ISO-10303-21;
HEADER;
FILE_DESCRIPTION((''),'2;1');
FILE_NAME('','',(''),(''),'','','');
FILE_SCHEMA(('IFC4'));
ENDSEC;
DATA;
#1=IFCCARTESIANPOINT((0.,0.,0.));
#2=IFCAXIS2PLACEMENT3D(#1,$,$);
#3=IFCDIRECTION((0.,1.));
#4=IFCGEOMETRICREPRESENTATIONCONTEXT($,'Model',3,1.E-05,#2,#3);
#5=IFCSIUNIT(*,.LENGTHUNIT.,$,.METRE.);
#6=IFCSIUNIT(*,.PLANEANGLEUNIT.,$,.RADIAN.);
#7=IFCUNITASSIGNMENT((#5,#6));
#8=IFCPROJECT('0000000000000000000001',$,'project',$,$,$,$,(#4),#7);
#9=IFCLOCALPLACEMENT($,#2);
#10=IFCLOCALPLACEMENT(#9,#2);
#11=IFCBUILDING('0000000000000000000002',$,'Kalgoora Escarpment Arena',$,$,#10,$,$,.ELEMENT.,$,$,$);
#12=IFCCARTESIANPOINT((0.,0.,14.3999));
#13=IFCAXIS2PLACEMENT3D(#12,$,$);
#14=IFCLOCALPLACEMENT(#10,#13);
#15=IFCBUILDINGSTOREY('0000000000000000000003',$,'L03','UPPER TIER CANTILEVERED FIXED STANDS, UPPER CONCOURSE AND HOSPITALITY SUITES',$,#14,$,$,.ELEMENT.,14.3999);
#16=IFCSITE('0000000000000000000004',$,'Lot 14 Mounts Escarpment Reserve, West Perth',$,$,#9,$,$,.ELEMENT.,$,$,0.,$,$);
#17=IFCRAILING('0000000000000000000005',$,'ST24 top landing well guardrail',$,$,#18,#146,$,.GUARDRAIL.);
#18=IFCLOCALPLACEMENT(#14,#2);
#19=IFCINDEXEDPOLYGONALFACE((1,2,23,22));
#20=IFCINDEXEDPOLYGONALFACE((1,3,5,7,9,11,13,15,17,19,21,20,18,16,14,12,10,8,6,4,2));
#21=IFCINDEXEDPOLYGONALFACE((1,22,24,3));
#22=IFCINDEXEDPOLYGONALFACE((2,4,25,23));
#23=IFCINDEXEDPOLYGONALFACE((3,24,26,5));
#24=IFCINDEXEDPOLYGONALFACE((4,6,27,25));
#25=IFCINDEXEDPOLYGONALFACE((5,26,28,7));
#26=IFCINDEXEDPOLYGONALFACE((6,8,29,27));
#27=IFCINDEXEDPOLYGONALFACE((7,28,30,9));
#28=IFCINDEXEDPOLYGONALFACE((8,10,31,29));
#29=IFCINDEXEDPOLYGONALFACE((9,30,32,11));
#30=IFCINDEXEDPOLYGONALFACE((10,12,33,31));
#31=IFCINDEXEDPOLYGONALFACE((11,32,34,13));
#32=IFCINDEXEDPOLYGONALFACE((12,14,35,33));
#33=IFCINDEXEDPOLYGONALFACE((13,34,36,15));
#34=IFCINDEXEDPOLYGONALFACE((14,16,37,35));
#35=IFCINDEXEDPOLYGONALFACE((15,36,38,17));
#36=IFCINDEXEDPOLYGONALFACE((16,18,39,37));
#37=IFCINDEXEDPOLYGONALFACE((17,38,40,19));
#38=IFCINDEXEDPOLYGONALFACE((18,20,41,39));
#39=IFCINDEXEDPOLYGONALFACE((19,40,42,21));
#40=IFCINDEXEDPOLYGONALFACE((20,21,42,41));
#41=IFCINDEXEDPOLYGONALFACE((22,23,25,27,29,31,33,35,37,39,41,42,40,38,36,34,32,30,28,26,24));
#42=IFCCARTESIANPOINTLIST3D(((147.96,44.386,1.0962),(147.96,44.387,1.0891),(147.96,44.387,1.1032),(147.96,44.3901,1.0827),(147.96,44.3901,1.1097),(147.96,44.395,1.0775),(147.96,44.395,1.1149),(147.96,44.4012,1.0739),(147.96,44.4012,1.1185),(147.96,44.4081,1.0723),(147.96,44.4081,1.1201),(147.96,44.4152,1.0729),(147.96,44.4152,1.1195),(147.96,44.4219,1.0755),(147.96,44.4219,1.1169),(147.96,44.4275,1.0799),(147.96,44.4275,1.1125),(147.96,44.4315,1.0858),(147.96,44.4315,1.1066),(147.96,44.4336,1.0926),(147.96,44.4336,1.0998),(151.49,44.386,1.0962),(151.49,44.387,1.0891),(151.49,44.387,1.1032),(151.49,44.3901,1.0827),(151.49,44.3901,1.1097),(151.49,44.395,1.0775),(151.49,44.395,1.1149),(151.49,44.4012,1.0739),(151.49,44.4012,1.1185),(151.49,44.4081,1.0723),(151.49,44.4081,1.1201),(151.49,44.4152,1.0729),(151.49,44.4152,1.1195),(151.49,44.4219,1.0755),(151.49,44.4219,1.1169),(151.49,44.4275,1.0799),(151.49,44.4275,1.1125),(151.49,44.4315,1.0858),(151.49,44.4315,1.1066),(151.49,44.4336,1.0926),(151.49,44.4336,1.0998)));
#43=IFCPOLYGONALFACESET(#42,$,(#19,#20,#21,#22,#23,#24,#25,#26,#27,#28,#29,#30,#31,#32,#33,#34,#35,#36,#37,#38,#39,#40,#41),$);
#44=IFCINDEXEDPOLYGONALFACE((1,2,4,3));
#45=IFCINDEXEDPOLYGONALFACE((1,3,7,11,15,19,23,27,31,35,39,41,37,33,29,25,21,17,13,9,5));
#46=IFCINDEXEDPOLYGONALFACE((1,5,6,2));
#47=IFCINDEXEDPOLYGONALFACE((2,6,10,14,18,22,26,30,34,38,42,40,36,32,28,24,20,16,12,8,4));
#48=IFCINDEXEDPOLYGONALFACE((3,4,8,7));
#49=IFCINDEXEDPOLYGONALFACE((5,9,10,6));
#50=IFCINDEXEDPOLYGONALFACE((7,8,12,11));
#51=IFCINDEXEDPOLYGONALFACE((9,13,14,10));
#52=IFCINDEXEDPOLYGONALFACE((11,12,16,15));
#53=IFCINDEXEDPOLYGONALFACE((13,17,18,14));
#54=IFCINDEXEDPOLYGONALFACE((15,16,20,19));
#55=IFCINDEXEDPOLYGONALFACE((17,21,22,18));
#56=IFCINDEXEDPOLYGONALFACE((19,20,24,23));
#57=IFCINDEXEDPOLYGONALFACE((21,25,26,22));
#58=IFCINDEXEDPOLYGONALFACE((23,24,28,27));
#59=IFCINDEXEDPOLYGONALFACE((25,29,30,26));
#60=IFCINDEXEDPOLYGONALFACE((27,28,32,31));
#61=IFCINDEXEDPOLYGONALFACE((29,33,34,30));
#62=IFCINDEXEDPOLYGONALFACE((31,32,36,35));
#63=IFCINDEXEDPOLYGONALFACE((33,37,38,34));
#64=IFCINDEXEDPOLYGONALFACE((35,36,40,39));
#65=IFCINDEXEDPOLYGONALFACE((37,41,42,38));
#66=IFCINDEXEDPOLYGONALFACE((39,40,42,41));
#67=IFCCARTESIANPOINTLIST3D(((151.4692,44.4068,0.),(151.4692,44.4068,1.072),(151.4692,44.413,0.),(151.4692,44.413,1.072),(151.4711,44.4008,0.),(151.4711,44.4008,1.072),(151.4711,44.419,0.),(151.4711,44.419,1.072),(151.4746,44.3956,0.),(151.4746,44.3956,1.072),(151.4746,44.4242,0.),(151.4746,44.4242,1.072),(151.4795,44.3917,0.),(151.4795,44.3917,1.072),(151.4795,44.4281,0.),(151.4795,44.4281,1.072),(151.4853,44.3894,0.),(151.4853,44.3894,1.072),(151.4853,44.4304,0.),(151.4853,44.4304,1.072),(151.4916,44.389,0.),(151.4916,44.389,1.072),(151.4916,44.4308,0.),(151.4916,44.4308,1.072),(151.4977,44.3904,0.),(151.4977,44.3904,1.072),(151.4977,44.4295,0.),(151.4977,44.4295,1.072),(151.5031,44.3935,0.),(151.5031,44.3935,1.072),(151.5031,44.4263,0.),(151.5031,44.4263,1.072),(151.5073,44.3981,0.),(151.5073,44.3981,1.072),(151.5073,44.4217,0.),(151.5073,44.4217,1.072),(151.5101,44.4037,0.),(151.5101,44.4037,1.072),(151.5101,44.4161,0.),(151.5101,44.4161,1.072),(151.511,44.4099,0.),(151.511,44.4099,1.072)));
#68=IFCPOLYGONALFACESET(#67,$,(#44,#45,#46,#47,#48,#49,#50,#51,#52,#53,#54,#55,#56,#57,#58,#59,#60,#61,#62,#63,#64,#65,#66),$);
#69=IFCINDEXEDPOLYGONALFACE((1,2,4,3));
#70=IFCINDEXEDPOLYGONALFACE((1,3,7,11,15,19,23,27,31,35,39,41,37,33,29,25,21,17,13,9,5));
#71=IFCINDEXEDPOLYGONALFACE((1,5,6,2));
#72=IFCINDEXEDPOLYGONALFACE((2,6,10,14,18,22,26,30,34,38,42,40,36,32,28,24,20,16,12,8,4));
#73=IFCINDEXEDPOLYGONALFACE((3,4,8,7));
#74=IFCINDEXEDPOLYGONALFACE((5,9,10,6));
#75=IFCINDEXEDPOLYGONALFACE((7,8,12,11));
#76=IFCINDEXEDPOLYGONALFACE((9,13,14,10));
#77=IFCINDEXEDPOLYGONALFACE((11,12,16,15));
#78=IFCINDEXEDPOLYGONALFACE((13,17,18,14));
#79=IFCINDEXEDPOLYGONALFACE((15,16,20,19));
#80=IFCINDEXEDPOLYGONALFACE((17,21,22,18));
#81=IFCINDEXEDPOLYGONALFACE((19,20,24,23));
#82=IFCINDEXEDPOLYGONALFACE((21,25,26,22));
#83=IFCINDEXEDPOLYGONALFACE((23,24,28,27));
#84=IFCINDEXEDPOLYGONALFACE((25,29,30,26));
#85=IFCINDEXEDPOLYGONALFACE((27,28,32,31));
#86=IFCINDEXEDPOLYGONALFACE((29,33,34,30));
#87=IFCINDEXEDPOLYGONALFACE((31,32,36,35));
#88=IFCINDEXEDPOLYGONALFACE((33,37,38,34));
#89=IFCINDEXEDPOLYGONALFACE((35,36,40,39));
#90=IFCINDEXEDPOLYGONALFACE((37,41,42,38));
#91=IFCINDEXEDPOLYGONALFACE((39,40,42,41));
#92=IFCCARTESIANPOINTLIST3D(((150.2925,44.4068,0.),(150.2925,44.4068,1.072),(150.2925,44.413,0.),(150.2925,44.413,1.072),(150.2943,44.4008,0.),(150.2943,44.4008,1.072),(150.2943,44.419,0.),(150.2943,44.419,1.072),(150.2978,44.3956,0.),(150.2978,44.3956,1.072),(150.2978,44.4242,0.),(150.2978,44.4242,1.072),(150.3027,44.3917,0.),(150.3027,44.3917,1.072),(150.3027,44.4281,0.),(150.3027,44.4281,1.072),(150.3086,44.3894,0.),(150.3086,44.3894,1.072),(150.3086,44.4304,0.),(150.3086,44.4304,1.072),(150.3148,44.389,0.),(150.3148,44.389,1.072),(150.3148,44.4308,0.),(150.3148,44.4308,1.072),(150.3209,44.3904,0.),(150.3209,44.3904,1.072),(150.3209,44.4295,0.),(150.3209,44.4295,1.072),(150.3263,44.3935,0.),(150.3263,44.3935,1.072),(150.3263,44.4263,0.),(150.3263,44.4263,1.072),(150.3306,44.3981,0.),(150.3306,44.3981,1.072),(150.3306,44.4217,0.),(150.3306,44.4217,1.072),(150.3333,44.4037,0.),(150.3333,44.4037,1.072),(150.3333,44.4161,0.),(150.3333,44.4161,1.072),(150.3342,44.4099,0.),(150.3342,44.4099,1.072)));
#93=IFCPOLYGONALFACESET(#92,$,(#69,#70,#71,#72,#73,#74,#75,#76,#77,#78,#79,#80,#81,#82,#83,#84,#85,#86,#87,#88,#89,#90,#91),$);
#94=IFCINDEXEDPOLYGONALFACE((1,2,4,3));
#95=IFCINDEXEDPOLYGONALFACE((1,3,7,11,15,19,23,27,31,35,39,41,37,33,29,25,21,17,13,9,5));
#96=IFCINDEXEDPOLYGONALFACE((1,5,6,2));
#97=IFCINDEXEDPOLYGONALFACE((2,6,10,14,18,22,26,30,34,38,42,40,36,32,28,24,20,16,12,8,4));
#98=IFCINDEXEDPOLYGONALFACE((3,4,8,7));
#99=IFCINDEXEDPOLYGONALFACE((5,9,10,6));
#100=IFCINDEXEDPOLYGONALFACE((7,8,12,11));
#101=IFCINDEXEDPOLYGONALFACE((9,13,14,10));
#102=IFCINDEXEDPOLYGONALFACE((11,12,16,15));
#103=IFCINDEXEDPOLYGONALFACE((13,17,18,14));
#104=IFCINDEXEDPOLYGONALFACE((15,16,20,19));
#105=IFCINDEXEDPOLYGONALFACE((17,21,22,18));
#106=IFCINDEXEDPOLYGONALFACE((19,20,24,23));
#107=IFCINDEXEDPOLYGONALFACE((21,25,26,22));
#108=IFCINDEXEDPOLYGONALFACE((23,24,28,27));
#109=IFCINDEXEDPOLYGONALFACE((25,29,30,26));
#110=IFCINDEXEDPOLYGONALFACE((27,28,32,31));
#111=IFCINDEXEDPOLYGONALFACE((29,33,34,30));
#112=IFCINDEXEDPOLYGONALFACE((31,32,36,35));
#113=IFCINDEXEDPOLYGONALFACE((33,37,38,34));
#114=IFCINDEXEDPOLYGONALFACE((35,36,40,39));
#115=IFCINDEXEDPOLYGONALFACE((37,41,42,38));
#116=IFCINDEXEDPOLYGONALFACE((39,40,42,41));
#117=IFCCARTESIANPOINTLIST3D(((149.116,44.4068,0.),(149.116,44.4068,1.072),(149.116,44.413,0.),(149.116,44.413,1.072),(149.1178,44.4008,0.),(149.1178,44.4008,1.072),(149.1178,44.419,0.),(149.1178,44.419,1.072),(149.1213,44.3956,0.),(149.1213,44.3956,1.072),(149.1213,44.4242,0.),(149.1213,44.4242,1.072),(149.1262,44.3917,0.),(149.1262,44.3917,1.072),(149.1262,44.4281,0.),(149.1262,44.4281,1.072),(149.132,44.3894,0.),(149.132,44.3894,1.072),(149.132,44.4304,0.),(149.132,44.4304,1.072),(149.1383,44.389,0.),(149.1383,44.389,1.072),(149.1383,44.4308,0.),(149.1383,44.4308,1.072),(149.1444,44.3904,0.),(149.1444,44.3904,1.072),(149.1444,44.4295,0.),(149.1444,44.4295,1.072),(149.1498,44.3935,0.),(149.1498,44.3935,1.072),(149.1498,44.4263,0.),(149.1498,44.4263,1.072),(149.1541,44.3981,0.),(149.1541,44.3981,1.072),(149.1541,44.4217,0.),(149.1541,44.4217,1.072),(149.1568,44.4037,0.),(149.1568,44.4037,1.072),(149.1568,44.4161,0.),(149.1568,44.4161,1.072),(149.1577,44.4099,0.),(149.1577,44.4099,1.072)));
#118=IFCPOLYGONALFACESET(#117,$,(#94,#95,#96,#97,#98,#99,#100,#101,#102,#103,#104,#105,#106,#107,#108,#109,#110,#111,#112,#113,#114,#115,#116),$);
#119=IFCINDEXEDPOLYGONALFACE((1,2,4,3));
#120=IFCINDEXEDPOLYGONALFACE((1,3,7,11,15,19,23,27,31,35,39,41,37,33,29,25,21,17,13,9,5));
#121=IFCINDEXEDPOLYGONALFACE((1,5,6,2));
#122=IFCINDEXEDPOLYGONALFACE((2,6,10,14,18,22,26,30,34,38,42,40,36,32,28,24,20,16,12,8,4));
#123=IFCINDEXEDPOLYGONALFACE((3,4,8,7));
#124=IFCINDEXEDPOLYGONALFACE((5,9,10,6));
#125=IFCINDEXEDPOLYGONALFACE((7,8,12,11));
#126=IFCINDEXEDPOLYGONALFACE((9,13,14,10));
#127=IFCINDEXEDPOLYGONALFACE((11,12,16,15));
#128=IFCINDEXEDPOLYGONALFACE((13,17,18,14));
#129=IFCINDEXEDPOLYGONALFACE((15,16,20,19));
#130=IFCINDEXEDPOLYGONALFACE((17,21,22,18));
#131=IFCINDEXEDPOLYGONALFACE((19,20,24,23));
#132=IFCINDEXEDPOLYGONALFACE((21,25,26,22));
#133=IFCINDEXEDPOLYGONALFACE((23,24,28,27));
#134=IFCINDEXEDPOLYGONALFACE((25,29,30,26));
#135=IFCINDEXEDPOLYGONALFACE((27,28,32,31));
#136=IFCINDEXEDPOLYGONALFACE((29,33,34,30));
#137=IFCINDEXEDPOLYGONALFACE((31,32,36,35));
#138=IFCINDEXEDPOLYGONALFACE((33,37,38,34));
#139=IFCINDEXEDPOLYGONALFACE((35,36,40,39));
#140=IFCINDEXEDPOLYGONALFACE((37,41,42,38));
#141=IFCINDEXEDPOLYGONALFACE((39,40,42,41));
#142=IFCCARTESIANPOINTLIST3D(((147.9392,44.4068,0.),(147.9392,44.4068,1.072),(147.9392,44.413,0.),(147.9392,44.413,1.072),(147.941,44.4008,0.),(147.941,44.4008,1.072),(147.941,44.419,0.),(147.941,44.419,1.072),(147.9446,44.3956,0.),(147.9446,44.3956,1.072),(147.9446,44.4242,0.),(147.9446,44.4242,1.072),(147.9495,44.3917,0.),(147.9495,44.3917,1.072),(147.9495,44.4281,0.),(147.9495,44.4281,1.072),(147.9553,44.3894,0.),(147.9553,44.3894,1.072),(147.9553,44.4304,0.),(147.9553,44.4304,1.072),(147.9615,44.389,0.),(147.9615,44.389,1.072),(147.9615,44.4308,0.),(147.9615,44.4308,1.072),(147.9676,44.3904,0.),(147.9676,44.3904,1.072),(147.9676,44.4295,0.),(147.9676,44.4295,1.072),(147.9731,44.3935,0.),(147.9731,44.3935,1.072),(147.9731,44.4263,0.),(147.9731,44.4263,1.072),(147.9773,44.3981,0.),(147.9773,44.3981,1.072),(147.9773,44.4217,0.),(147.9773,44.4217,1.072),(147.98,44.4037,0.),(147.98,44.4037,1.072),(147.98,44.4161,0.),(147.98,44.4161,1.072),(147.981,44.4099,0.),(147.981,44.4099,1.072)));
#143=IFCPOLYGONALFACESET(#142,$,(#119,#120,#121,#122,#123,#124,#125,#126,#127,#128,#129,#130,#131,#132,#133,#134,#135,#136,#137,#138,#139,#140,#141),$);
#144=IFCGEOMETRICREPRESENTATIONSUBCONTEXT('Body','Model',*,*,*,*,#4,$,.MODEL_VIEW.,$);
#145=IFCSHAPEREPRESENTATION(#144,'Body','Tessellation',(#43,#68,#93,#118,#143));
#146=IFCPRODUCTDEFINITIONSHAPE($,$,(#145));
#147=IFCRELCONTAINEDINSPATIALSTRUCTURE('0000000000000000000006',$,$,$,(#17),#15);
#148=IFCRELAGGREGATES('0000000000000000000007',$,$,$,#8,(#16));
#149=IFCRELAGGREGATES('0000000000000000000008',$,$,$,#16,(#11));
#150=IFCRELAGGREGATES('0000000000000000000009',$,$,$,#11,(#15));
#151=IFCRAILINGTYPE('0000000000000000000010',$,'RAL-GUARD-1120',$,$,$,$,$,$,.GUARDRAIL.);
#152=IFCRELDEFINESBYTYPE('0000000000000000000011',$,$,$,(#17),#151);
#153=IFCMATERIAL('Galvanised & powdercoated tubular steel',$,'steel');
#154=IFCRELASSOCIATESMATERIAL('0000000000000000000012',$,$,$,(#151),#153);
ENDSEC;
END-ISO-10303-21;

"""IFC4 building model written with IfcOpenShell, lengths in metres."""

from ifc_helpers import new_model, si_unit, direction, frame, origin, origin_2d, place, context, subcontext, project, spatial, circle, extrude, material, type_object, element, save


model = new_model("IFC4")

# Units and contexts
model_context = context("Model", 3, precision=1e-05, world=origin(), true_north=direction((0.0, 1.0)))
body_context = subcontext(model_context, "Body", "Model", "MODEL_VIEW")
ifc_project = project(units=[si_unit("LENGTHUNIT", "METRE"), si_unit("PLANEANGLEUNIT", "RADIAN")], contexts=[model_context])

# Site, building, storey
site_placement = place(None, origin())
site = spatial("IfcSite", under=ifc_project, at=site_placement, Name="Lot 14 Mounts Escarpment Reserve, West Perth", CompositionType="ELEMENT", RefElevation=0.0)
building_placement = place(site_placement, origin())
building = spatial("IfcBuilding", under=site, at=building_placement, Name="Kalgoora Escarpment Arena", CompositionType="ELEMENT")
storey_placement = place(building_placement, frame((0.0, 0.0, 14.3999)))
storey = spatial("IfcBuildingStorey", under=building, at=storey_placement, Name="L03", Description="UPPER TIER CANTILEVERED FIXED STANDS, UPPER CONCOURSE AND HOSPITALITY SUITES", CompositionType="ELEMENT", Elevation=14.3999)

# Railing
ifc_material_1 = material(Name="Galvanised & powdercoated tubular steel", Category="steel")
railing_type_1 = type_object("IfcRailingType", Name="RAL-GUARD-1120", PredefinedType="GUARDRAIL", material=ifc_material_1)
railing_1_placement = place(storey_placement, frame((151.49, 44.4099, 0.0)))
element("IfcRailing", 1, at=railing_1_placement, inside=storey, type_object=railing_type_1, Name="ST24 top landing well guardrail", PredefinedType="GUARDRAIL", context=body_context, shape_type="SweptSolid", body=[
    extrude(circle(Radius=0.0239, at=origin_2d()), frame((0.0, 0.0, 1.0962), z_axis=(-1.0, 0.0, 0.0), x_axis=(0.0, -1.0, 0.0)), (0.0, 0.0, 1.0), 3.53),
    extrude(circle(Radius=0.021, at=origin_2d()), origin(), (0.0, 0.0, 1.0), 1.072),
    extrude(circle(Radius=0.021, at=origin_2d()), frame((-1.1768, 0.0, 0.0)), (0.0, 0.0, 1.0), 1.072),
    extrude(circle(Radius=0.021, at=origin_2d()), frame((-2.3533, 0.0, 0.0)), (0.0, 0.0, 1.0), 1.072),
    extrude(circle(Radius=0.021, at=origin_2d()), frame((-3.53, 0.0, 0.0)), (0.0, 0.0, 1.0), 1.072),
])

save(model, "model.ifc")
